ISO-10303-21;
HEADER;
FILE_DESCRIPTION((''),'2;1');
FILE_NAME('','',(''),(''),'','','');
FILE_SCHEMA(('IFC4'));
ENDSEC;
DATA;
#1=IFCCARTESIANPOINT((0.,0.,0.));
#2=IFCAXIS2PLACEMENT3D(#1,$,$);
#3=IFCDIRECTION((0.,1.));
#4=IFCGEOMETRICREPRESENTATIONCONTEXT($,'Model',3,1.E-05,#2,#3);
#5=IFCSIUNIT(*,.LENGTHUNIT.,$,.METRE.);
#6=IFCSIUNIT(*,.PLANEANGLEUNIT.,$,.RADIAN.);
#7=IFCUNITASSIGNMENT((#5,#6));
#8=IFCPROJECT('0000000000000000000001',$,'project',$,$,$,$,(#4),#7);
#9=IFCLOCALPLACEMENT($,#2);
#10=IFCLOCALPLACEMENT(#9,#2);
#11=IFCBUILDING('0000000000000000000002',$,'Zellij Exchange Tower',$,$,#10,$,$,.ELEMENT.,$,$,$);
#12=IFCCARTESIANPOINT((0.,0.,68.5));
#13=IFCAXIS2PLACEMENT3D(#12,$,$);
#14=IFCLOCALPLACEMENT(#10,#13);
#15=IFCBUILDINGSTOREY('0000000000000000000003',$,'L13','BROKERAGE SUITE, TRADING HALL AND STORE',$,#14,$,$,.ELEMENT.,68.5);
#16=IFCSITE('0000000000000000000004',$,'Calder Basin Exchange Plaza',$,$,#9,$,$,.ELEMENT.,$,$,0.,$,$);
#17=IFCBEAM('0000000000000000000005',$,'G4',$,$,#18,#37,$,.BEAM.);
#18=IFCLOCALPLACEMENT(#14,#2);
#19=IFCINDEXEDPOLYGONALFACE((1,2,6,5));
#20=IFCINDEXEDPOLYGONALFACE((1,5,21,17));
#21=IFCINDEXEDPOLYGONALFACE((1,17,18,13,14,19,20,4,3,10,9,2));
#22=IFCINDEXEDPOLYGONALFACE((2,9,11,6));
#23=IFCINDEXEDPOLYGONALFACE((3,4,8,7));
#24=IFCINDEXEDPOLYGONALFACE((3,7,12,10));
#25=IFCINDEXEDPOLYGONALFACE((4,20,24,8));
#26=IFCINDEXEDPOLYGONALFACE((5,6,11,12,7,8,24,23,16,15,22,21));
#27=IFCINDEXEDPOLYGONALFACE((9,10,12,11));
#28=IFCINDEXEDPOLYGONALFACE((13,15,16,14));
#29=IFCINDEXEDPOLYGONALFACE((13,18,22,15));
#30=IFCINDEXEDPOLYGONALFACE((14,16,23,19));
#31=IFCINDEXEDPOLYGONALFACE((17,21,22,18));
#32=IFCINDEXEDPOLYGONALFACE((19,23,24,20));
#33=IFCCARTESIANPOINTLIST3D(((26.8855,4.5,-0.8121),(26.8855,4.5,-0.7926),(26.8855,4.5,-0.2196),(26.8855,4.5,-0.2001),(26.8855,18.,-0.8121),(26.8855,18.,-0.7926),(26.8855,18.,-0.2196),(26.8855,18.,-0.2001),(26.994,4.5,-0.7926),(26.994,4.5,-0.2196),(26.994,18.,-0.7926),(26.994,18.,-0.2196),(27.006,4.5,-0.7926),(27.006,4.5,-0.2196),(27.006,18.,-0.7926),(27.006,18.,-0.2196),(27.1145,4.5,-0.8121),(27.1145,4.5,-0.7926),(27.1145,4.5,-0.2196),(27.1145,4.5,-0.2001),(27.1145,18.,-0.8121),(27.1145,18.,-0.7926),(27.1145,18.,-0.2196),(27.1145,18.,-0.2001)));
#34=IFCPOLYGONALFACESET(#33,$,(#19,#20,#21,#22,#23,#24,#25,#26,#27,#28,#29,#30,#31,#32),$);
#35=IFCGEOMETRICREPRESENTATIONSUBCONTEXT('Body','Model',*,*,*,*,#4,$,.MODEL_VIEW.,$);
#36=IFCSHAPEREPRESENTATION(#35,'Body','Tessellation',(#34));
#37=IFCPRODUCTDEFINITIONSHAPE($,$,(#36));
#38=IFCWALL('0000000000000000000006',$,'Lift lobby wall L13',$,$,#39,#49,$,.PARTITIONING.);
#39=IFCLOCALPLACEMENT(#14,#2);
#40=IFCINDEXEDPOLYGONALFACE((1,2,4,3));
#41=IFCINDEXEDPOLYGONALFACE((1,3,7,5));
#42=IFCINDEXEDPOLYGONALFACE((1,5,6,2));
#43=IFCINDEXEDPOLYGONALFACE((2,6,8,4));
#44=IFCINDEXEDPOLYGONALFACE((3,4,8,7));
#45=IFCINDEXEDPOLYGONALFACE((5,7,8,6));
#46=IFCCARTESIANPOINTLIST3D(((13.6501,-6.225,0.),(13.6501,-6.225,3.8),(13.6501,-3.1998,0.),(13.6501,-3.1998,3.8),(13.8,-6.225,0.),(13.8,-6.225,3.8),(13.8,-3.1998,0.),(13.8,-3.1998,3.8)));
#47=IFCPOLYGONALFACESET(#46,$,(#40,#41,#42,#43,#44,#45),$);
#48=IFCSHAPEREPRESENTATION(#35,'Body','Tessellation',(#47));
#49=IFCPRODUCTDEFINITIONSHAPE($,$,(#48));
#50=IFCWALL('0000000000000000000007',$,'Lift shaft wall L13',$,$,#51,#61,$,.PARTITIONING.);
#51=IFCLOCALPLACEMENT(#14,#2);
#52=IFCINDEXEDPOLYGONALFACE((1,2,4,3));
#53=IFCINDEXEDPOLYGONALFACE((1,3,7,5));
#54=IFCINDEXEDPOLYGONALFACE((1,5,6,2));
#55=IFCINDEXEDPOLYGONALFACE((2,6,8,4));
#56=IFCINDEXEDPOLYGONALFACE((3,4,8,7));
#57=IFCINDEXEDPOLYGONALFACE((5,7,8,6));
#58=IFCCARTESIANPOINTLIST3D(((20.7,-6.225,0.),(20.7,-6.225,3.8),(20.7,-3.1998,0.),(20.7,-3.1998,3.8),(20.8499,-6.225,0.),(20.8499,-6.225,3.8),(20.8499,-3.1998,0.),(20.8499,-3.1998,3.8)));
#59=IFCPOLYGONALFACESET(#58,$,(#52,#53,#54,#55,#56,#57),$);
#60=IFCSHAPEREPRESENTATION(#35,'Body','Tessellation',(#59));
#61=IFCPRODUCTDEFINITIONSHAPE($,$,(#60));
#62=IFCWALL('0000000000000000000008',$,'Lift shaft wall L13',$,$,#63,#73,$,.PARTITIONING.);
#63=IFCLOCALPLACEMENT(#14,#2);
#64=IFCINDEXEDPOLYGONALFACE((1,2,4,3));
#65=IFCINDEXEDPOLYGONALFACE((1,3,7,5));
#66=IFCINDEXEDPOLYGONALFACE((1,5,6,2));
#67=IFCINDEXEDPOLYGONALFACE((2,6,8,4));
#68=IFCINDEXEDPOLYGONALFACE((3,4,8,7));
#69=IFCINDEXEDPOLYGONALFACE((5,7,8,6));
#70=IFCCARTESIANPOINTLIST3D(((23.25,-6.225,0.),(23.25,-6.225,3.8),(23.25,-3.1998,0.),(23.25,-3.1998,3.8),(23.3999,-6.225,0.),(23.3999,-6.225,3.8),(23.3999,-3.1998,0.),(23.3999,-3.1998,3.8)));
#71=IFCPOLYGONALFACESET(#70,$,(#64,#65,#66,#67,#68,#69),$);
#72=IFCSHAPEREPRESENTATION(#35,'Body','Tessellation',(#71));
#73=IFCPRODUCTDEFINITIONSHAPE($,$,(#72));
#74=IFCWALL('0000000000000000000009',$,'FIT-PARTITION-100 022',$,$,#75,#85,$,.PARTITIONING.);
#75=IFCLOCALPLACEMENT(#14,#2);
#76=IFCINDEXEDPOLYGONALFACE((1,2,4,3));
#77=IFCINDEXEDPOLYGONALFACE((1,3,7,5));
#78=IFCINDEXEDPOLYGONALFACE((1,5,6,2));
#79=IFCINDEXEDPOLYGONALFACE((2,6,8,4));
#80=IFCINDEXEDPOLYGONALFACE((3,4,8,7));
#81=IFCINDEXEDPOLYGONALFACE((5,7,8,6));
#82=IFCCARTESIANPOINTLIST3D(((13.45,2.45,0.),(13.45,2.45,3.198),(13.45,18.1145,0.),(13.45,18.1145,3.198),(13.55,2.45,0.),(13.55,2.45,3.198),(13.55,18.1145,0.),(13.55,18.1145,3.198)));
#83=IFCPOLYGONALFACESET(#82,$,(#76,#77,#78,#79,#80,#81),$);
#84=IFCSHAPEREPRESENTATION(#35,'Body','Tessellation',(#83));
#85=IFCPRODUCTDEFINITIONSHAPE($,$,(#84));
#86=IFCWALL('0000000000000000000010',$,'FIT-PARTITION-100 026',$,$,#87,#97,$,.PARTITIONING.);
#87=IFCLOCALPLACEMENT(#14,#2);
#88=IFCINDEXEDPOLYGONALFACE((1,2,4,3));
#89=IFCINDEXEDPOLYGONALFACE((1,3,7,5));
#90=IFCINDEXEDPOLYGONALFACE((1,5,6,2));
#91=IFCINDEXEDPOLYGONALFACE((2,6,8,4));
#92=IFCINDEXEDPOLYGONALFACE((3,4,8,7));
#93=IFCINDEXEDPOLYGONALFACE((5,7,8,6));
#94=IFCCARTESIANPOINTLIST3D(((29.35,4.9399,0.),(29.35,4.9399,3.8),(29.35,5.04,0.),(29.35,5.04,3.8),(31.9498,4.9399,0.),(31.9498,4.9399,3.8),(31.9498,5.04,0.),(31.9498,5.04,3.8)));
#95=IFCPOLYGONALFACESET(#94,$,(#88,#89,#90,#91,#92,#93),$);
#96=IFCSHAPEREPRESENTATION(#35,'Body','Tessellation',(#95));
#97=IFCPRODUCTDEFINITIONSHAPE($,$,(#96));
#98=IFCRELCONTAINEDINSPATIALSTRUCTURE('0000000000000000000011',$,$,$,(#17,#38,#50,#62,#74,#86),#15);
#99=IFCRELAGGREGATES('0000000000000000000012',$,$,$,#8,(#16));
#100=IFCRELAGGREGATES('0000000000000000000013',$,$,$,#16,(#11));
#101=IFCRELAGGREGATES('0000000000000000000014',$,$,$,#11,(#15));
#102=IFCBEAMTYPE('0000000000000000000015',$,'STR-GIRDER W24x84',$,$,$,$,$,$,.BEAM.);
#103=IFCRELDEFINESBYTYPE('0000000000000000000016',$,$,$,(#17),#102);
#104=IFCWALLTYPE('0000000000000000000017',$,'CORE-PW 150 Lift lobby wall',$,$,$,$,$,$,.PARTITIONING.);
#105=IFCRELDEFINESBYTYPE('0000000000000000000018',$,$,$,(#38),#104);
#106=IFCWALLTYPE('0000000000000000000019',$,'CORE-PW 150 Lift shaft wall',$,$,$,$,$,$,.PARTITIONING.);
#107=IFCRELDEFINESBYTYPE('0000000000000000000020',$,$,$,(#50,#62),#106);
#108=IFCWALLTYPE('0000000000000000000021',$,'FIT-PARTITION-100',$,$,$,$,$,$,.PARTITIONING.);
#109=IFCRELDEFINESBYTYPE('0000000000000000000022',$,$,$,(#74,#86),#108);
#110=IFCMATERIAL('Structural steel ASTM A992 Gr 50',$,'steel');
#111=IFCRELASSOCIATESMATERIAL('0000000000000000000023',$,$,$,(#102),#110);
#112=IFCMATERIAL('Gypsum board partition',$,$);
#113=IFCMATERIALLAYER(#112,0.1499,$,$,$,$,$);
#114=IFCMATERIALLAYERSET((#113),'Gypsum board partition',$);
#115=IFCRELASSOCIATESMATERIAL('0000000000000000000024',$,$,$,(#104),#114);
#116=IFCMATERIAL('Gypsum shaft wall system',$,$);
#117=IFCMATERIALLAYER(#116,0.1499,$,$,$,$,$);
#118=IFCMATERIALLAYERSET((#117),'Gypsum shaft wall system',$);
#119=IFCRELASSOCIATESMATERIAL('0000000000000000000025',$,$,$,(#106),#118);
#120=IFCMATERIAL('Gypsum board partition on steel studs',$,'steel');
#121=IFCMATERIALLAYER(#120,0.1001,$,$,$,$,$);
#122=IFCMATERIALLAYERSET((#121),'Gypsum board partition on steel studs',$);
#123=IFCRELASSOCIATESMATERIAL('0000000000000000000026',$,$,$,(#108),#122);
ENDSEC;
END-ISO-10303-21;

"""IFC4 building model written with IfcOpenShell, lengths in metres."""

from ifc_helpers import new_model, si_unit, direction, frame, frame_2d, origin, origin_2d, place, context, subcontext, project, spatial, rectangle, i_section, extrude, material, layer, layer_set, material_profile, profile_set, type_object, element, save


model = new_model("IFC4")

# Units and contexts
model_context = context("Model", 3, precision=1e-05, world=origin(), true_north=direction((0.0, 1.0)))
body_context = subcontext(model_context, "Body", "Model", "MODEL_VIEW")
ifc_project = project(units=[si_unit("LENGTHUNIT", "METRE"), si_unit("PLANEANGLEUNIT", "RADIAN")], contexts=[model_context])

# Site, building, storey
site_placement = place(None, origin())
site = spatial("IfcSite", under=ifc_project, at=site_placement, Name="Calder Basin Exchange Plaza", CompositionType="ELEMENT", RefElevation=0.0)
building_placement = place(site_placement, origin())
building = spatial("IfcBuilding", under=site, at=building_placement, Name="Zellij Exchange Tower", CompositionType="ELEMENT")
storey_placement = place(building_placement, frame((0.0, 0.0, 68.5)))
storey = spatial("IfcBuildingStorey", under=building, at=storey_placement, Name="L13", Description="BROKERAGE SUITE, TRADING HALL AND STORE", CompositionType="ELEMENT", Elevation=68.5)

# Beam
ifc_material_1 = material(Name="Structural steel ASTM A992 Gr 50", Category="steel")
ifc_material_profile_1 = material_profile(ifc_material_1, i_section(OverallWidth=0.229, OverallDepth=0.6121, WebThickness=0.012, FlangeThickness=0.0195, at=origin_2d()), Name="W24x84")
ifc_profile_set_1 = profile_set([ifc_material_profile_1], Name="Structural steel ASTM A992 Gr 50")
beam_type_1 = type_object("IfcBeamType", Name="STR-GIRDER W24x84", PredefinedType="BEAM", material=ifc_profile_set_1)
beam_1_placement = place(storey_placement, frame((27.0, 4.5, -0.5061), z_axis=(0.0, 1.0, 0.0), x_axis=(-1.0, 0.0, 0.0)))
element("IfcBeam", 1, at=beam_1_placement, inside=storey, type_object=beam_type_1, Name="G4", PredefinedType="BEAM", context=body_context, shape_type="SweptSolid", body=[
    extrude(i_section(OverallWidth=0.229, OverallDepth=0.6121, WebThickness=0.012, FlangeThickness=0.0195, at=origin_2d()), origin(), (0.0, 0.0, 1.0), 13.5),
])

# Walls
ifc_material_2 = material(Name="Gypsum board partition")
ifc_layer_1 = layer(ifc_material_2, 0.1499)
ifc_layer_set_1 = layer_set([ifc_layer_1], Name="Gypsum board partition")
wall_type_1 = type_object("IfcWallType", Name="CORE-PW 150 Lift lobby wall", PredefinedType="PARTITIONING", material=ifc_layer_set_1)
wall_1_placement = place(storey_placement, frame((13.7251, -6.2251, 0.0), z_axis=(0.0, 0.0, 1.0), x_axis=(0.0, 1.0, 0.0)))
element("IfcWall", 2, at=wall_1_placement, inside=storey, type_object=wall_type_1, Name="Lift lobby wall L13", PredefinedType="PARTITIONING", context=body_context, shape_type="SweptSolid", body=[
    extrude(rectangle(XDim=3.0251, YDim=0.1499, at=frame_2d((1.5127, 0.0))), origin(), (0.0, 0.0, 1.0), 3.8),
])
ifc_material_3 = material(Name="Gypsum shaft wall system")
ifc_layer_2 = layer(ifc_material_3, 0.1499)
ifc_layer_set_2 = layer_set([ifc_layer_2], Name="Gypsum shaft wall system")
wall_type_2 = type_object("IfcWallType", Name="CORE-PW 150 Lift shaft wall", PredefinedType="PARTITIONING", material=ifc_layer_set_2)
for number, where, z_axis, x_axis, name in (
    (3, (20.7749, -6.2251, 0.0), (0.0, 0.0, 1.0), (0.0, 1.0, 0.0), "Lift shaft wall L13"),
    (4, (23.325, -6.2251, 0.0), (0.0, 0.0, 1.0), (0.0, 1.0, 0.0), "Lift shaft wall L13"),
):
    element("IfcWall", number, at=place(storey_placement, frame(where, z_axis=z_axis, x_axis=x_axis)), inside=storey, type_object=wall_type_2, Name=name, PredefinedType="PARTITIONING", context=body_context, shape_type="SweptSolid", body=[
        extrude(rectangle(XDim=3.0251, YDim=0.1499, at=frame_2d((1.5127, 0.0))), origin(), (0.0, 0.0, 1.0), 3.8),
    ])
ifc_material_4 = material(Name="Gypsum board partition on steel studs", Category="steel")
ifc_layer_3 = layer(ifc_material_4, 0.1001)
ifc_layer_set_3 = layer_set([ifc_layer_3], Name="Gypsum board partition on steel studs")
wall_type_3 = type_object("IfcWallType", Name="FIT-PARTITION-100", PredefinedType="PARTITIONING", material=ifc_layer_set_3)
wall_2_placement = place(storey_placement, frame((13.5, 2.45, 0.0), z_axis=(0.0, 0.0, 1.0), x_axis=(0.0, 1.0, 0.0)))
element("IfcWall", 5, at=wall_2_placement, inside=storey, type_object=wall_type_3, Name="FIT-PARTITION-100 022", PredefinedType="PARTITIONING", context=body_context, shape_type="SweptSolid", body=[
    extrude(rectangle(XDim=15.6646, YDim=0.1001, at=frame_2d((7.8323, 0.0))), origin(), (0.0, 0.0, 1.0), 3.198),
])
wall_3_placement = place(storey_placement, frame((29.3501, 4.99, 0.0), z_axis=(0.0, 0.0, 1.0), x_axis=(1.0, 0.0, 0.0)))
element("IfcWall", 6, at=wall_3_placement, inside=storey, type_object=wall_type_3, Name="FIT-PARTITION-100 026", PredefinedType="PARTITIONING", context=body_context, shape_type="SweptSolid", body=[
    extrude(rectangle(XDim=2.5999, YDim=0.1001, at=frame_2d((1.2998, 0.0))), origin(), (0.0, 0.0, 1.0), 3.8),
])

save(model, "model.ifc")
